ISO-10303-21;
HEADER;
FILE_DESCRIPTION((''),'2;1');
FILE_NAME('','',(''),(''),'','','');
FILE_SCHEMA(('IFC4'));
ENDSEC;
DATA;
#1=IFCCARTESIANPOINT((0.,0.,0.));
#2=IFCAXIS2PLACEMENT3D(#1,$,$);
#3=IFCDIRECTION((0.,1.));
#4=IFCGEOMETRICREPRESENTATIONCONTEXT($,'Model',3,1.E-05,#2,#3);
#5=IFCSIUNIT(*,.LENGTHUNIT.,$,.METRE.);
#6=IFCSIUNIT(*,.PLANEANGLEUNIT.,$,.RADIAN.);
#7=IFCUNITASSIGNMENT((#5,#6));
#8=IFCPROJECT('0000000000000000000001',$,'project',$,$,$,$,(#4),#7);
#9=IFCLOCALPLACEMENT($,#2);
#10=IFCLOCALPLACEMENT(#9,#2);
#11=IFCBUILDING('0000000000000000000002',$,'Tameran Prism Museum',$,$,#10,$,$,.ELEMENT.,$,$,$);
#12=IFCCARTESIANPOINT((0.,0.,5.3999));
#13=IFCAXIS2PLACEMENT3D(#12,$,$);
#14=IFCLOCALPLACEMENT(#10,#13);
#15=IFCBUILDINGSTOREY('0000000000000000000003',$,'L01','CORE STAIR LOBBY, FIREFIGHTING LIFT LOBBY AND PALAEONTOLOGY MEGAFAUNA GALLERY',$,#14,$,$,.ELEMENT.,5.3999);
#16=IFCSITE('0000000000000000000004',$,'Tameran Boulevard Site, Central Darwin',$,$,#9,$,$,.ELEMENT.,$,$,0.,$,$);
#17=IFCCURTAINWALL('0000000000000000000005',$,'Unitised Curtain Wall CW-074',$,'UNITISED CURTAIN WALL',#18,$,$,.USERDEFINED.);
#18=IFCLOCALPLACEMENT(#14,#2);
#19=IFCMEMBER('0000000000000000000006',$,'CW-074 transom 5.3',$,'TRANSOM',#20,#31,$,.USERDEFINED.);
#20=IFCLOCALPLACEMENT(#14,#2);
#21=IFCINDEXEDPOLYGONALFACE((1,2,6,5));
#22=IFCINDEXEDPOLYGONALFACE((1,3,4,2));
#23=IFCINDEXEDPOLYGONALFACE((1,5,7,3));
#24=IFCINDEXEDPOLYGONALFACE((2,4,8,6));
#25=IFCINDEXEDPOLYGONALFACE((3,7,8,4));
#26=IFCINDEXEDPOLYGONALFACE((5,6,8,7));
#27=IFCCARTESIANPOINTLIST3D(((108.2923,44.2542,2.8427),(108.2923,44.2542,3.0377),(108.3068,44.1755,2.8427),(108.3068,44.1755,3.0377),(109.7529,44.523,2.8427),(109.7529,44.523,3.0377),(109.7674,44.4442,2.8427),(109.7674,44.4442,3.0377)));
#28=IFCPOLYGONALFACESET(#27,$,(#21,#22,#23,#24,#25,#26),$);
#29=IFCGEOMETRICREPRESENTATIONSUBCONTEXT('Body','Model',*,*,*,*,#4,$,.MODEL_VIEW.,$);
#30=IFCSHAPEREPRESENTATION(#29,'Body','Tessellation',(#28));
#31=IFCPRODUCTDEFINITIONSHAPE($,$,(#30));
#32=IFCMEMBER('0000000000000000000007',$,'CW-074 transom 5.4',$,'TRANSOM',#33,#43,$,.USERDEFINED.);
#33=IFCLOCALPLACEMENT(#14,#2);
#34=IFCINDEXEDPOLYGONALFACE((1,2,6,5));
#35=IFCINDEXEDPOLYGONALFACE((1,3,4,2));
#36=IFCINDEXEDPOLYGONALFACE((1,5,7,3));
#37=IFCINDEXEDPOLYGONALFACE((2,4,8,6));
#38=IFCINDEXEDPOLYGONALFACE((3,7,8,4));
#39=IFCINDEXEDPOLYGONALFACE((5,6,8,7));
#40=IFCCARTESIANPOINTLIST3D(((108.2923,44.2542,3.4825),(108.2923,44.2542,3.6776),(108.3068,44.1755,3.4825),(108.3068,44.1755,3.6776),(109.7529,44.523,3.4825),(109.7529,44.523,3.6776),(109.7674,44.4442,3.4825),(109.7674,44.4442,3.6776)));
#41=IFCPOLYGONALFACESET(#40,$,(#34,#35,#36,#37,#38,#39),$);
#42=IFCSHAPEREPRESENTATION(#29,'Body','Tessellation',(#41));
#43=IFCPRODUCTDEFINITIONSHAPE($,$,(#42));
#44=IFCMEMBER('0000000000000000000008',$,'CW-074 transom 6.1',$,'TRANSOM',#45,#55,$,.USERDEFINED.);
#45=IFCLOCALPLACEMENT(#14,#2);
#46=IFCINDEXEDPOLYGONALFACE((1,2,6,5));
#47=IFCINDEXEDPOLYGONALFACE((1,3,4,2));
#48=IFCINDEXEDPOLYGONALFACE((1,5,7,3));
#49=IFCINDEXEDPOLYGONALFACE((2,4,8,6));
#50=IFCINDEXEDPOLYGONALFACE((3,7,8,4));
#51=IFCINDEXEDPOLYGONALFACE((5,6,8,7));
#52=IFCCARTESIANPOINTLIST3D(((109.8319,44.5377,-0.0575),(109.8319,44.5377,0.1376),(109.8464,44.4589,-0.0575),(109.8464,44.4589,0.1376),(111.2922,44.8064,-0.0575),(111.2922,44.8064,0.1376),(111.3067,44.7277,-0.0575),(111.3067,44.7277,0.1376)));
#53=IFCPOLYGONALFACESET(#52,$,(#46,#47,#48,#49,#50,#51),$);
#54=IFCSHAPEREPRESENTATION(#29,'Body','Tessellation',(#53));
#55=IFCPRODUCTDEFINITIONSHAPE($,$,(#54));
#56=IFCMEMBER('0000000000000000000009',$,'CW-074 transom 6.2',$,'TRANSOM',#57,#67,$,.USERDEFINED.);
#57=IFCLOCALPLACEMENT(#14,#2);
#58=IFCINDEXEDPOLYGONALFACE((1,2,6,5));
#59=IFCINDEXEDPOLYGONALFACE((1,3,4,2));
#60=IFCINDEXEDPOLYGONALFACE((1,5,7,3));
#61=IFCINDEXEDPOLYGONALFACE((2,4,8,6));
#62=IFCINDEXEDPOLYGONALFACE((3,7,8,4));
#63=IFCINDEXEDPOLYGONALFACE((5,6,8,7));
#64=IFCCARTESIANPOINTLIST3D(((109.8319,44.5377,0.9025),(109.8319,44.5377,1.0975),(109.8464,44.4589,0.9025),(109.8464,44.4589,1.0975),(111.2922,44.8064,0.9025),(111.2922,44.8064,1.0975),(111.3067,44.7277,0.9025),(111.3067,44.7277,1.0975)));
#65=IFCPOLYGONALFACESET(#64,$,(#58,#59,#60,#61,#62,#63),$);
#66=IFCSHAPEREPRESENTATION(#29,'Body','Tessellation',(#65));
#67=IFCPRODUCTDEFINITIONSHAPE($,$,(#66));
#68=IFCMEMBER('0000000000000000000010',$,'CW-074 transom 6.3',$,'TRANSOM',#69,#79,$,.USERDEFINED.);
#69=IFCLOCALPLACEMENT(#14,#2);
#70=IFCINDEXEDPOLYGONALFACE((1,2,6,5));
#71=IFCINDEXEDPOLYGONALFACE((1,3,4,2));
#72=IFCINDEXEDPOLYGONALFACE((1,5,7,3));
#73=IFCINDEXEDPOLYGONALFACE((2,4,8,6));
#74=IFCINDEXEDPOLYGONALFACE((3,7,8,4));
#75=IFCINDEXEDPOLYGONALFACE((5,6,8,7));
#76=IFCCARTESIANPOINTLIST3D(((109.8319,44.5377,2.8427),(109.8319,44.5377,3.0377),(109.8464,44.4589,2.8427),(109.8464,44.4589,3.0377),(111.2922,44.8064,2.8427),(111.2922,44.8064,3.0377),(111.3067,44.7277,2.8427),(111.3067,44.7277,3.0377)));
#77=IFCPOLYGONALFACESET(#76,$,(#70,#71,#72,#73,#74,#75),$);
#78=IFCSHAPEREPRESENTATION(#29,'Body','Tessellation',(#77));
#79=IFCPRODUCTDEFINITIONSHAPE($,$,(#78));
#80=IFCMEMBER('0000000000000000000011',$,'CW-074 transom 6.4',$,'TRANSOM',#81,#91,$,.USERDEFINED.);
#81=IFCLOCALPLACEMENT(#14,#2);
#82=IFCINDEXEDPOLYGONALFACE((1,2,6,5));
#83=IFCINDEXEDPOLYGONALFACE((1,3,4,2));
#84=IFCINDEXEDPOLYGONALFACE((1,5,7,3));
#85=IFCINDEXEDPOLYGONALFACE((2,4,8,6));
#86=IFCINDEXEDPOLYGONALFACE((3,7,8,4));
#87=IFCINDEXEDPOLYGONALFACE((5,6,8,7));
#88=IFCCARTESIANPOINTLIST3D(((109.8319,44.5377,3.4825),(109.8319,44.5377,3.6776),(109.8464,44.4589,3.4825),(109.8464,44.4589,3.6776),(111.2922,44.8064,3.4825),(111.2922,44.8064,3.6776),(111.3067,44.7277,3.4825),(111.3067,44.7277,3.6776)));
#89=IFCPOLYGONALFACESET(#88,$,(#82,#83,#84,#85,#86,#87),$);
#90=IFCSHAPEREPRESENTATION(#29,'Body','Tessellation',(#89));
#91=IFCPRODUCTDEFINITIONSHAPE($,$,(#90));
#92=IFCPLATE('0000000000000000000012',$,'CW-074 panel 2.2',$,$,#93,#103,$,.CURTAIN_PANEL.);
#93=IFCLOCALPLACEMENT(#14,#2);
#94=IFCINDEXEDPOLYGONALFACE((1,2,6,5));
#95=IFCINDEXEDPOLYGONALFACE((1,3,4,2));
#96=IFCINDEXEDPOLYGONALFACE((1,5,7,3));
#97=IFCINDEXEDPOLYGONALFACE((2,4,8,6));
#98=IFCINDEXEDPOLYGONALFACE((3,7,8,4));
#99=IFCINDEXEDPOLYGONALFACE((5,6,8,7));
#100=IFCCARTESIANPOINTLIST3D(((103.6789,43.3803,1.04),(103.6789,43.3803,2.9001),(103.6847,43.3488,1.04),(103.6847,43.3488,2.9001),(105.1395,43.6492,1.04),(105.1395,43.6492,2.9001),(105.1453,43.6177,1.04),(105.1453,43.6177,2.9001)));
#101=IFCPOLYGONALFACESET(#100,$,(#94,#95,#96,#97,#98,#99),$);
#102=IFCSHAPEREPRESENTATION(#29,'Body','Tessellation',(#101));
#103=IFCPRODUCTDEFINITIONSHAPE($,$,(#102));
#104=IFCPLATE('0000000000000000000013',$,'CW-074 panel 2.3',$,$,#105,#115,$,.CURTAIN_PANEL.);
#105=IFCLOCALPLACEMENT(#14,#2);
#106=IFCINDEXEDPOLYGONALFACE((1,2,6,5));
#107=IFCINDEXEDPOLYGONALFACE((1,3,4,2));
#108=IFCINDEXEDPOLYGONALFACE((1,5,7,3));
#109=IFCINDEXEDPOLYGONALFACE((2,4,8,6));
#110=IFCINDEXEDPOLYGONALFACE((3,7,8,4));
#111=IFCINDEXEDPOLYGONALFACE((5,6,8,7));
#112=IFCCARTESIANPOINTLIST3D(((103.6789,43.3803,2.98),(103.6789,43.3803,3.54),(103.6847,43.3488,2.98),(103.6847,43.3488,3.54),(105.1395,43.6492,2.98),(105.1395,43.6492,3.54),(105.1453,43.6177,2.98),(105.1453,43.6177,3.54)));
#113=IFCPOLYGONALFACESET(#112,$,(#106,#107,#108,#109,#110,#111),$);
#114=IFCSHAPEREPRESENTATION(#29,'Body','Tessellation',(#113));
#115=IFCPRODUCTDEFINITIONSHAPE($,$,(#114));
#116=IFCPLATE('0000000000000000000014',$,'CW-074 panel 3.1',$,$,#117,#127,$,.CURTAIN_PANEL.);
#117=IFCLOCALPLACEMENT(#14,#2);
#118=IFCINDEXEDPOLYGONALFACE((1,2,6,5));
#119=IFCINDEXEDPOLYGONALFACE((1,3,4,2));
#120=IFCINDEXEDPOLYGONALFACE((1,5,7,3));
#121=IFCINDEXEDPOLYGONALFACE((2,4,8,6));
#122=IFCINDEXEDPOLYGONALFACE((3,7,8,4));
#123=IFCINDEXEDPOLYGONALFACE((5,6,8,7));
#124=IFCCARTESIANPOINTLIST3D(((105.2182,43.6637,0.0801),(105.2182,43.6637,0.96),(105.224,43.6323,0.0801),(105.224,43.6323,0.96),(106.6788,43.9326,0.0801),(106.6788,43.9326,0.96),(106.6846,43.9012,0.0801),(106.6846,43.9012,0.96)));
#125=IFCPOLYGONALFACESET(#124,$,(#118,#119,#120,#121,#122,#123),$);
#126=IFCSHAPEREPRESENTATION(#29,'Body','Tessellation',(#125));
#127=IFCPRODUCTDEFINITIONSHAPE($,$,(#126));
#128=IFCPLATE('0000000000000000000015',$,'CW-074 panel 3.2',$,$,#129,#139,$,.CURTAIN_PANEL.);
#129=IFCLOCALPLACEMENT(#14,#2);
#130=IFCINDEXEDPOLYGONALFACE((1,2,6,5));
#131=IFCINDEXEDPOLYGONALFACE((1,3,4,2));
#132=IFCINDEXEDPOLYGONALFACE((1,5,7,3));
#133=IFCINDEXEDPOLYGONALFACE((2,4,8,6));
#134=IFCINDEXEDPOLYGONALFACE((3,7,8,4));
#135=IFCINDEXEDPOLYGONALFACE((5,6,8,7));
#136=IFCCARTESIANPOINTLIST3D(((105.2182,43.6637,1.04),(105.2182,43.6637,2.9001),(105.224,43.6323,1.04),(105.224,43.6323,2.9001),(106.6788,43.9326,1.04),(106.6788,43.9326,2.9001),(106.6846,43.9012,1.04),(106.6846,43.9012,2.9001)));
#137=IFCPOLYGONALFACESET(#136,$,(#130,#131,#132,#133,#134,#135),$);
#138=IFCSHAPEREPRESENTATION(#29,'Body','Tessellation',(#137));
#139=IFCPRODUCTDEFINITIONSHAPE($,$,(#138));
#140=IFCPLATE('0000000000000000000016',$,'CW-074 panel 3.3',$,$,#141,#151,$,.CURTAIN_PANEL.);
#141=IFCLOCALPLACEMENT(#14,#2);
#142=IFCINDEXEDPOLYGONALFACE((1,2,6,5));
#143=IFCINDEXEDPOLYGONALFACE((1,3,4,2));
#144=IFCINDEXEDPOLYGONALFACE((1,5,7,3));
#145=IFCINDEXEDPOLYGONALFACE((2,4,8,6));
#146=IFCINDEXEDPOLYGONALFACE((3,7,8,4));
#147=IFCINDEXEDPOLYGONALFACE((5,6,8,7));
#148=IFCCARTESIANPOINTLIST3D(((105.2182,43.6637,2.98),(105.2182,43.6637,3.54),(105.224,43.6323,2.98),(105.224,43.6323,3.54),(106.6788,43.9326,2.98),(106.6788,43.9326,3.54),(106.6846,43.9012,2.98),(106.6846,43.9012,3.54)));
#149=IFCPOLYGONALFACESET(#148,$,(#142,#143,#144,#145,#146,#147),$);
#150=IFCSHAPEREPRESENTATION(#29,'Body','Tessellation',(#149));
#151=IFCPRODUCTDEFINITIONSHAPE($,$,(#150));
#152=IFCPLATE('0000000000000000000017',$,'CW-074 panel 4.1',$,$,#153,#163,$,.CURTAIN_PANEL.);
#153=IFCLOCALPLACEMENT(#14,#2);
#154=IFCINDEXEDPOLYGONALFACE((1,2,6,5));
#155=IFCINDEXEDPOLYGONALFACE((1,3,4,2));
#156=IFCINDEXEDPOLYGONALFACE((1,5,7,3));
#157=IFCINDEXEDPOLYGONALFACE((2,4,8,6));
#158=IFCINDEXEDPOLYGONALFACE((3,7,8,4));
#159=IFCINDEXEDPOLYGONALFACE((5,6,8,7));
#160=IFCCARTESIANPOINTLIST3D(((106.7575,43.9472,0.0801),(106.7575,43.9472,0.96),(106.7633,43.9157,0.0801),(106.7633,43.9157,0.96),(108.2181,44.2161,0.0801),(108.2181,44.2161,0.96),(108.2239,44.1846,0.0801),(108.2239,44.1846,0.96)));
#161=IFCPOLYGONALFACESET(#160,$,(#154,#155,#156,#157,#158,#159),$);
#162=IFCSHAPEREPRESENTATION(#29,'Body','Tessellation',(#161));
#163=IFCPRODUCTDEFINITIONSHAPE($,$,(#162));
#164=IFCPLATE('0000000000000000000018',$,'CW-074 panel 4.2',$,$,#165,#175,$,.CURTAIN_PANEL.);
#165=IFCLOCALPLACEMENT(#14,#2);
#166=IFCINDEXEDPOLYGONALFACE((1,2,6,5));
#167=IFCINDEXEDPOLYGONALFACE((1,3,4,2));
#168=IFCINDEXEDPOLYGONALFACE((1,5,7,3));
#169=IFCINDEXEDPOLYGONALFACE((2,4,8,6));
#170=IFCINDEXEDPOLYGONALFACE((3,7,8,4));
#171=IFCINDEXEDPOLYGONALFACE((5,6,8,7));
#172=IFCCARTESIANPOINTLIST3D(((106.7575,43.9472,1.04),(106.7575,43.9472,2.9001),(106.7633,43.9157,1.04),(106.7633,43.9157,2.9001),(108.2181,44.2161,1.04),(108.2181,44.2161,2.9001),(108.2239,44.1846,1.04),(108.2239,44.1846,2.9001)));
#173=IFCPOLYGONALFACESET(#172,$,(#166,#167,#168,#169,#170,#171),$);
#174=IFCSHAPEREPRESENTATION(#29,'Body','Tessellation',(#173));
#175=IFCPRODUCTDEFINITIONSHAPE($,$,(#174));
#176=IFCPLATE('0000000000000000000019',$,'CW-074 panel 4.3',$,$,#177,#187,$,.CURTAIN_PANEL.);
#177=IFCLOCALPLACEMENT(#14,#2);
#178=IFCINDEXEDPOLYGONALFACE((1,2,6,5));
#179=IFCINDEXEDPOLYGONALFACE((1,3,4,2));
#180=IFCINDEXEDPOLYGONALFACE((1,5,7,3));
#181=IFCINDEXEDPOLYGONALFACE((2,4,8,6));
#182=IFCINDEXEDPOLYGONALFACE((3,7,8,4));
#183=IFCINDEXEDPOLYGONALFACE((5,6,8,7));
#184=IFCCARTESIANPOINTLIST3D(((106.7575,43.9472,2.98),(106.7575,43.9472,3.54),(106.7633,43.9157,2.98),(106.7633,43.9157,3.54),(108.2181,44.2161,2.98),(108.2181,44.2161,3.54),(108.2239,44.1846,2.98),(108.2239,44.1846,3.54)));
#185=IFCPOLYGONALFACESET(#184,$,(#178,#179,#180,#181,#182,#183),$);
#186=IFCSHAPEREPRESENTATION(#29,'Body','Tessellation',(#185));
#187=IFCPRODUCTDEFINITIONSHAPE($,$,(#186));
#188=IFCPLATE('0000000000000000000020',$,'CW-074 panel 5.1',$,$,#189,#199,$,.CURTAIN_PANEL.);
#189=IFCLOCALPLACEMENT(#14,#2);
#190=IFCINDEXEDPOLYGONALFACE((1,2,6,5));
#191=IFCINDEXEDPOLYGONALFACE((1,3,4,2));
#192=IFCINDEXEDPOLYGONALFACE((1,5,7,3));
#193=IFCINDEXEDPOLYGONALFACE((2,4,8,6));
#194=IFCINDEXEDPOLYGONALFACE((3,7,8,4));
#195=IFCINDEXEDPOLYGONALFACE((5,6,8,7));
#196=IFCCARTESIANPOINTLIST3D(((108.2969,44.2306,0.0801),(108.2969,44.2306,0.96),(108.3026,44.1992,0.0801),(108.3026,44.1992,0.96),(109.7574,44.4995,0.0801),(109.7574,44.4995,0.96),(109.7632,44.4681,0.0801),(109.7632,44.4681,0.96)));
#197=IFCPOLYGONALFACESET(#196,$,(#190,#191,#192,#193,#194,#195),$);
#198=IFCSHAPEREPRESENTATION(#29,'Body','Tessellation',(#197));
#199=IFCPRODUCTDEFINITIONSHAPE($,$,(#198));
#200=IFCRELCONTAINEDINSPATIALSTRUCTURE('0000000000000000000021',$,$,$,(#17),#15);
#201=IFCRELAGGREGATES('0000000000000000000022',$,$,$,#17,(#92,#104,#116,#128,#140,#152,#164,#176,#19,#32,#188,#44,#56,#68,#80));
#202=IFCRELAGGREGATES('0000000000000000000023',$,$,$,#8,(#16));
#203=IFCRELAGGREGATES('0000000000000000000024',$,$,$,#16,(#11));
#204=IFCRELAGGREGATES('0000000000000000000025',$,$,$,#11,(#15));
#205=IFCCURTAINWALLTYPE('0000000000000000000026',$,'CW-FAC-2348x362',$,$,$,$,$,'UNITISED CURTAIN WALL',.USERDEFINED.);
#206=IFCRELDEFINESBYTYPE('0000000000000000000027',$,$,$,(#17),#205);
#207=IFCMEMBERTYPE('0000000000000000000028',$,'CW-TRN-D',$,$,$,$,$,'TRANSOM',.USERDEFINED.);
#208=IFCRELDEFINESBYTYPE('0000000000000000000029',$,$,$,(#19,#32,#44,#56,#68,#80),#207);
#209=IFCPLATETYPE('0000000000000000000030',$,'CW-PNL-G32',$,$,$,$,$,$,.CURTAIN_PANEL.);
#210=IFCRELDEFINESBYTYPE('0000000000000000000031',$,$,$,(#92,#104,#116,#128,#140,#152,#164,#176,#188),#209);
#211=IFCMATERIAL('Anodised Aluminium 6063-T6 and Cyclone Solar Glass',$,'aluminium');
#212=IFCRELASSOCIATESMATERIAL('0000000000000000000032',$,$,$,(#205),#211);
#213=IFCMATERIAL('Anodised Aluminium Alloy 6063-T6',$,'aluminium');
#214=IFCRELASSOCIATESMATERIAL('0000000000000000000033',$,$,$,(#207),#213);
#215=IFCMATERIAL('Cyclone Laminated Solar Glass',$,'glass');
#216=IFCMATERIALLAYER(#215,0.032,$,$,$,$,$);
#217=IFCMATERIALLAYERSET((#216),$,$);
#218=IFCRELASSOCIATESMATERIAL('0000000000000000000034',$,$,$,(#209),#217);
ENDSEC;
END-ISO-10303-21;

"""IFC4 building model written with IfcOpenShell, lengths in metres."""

from ifc_helpers import new_model, si_unit, direction, frame, origin, origin_2d, place, context, subcontext, project, spatial, rectangle, extrude, material, layer, layer_set, material_profile, profile_set, type_object, element, aggregate, save


model = new_model("IFC4")

# Units and contexts
model_context = context("Model", 3, precision=1e-05, world=origin(), true_north=direction((0.0, 1.0)))
body_context = subcontext(model_context, "Body", "Model", "MODEL_VIEW")
ifc_project = project(units=[si_unit("LENGTHUNIT", "METRE"), si_unit("PLANEANGLEUNIT", "RADIAN")], contexts=[model_context])

# Site, building, storey
site_placement = place(None, origin())
site = spatial("IfcSite", under=ifc_project, at=site_placement, Name="Tameran Boulevard Site, Central Darwin", CompositionType="ELEMENT", RefElevation=0.0)
building_placement = place(site_placement, origin())
building = spatial("IfcBuilding", under=site, at=building_placement, Name="Tameran Prism Museum", CompositionType="ELEMENT")
storey_placement = place(building_placement, frame((0.0, 0.0, 5.3999)))
storey = spatial("IfcBuildingStorey", under=building, at=storey_placement, Name="L01", Description="CORE STAIR LOBBY, FIREFIGHTING LIFT LOBBY AND PALAEONTOLOGY MEGAFAUNA GALLERY", CompositionType="ELEMENT", Elevation=5.3999)

# Curtain wall, members, plates
ifc_material_1 = material(Name="Anodised Aluminium 6063-T6 and Cyclone Solar Glass", Category="aluminium")
curtain_wall_type = type_object("IfcCurtainWallType", Name="CW-FAC-2348x362", ElementType="UNITISED CURTAIN WALL", PredefinedType="USERDEFINED", material=ifc_material_1)
curtain_wall_placement = place(storey_placement, origin())
curtain_wall = element("IfcCurtainWall", 1, at=curtain_wall_placement, inside=storey, type_object=curtain_wall_type, Name="Unitised Curtain Wall CW-074", ObjectType="UNITISED CURTAIN WALL", PredefinedType="USERDEFINED")
ifc_material_2 = material(Name="Anodised Aluminium Alloy 6063-T6", Category="aluminium")
ifc_material_profile_1 = material_profile(ifc_material_2, rectangle(XDim=0.0801, YDim=0.1951, at=origin_2d()))
ifc_profile_set_1 = profile_set([ifc_material_profile_1])
member_type_1 = type_object("IfcMemberType", Name="CW-TRN-D", ElementType="TRANSOM", PredefinedType="USERDEFINED", material=ifc_profile_set_1)
member_1_placement = place(storey_placement, frame((108.2996, 44.2148, 2.9402), z_axis=(0.983486, 0.180983, 0.0), x_axis=(-0.180983, 0.983486, 0.0)))
member_1 = element("IfcMember", 2, at=member_1_placement, type_object=member_type_1, Name="CW-074 transom 5.3", ObjectType="TRANSOM", PredefinedType="USERDEFINED", context=body_context, shape_type="SweptSolid", body=[
    extrude(rectangle(XDim=0.0801, YDim=0.1951, at=origin_2d()), origin(), (0.0, 0.0, 1.0), 1.4851),
])
member_2_placement = place(storey_placement, frame((108.2996, 44.2148, 3.5801), z_axis=(0.983486, 0.180983, 0.0), x_axis=(-0.180983, 0.983486, 0.0)))
member_2 = element("IfcMember", 3, at=member_2_placement, type_object=member_type_1, Name="CW-074 transom 5.4", ObjectType="TRANSOM", PredefinedType="USERDEFINED", context=body_context, shape_type="SweptSolid", body=[
    extrude(rectangle(XDim=0.0801, YDim=0.1951, at=origin_2d()), origin(), (0.0, 0.0, 1.0), 1.4851),
])
member_3_placement = place(storey_placement, frame((109.8391, 44.4983, 0.04), z_axis=(0.983481, 0.181012, 0.0), x_axis=(-0.181012, 0.983481, 0.0)))
member_3 = element("IfcMember", 4, at=member_3_placement, type_object=member_type_1, Name="CW-074 transom 6.1", ObjectType="TRANSOM", PredefinedType="USERDEFINED", context=body_context, shape_type="SweptSolid", body=[
    extrude(rectangle(XDim=0.0801, YDim=0.1951, at=origin_2d()), origin(), (0.0, 0.0, 1.0), 1.4849),
])
member_4_placement = place(storey_placement, frame((109.8391, 44.4983, 1.0), z_axis=(0.983481, 0.181012, 0.0), x_axis=(-0.181012, 0.983481, 0.0)))
member_4 = element("IfcMember", 5, at=member_4_placement, type_object=member_type_1, Name="CW-074 transom 6.2", ObjectType="TRANSOM", PredefinedType="USERDEFINED", context=body_context, shape_type="SweptSolid", body=[
    extrude(rectangle(XDim=0.0801, YDim=0.1951, at=origin_2d()), origin(), (0.0, 0.0, 1.0), 1.4849),
])
member_5_placement = place(storey_placement, frame((109.8391, 44.4983, 2.9402), z_axis=(0.983481, 0.181012, 0.0), x_axis=(-0.181012, 0.983481, 0.0)))
member_5 = element("IfcMember", 6, at=member_5_placement, type_object=member_type_1, Name="CW-074 transom 6.3", ObjectType="TRANSOM", PredefinedType="USERDEFINED", context=body_context, shape_type="SweptSolid", body=[
    extrude(rectangle(XDim=0.0801, YDim=0.1951, at=origin_2d()), origin(), (0.0, 0.0, 1.0), 1.4849),
])
member_6_placement = place(storey_placement, frame((109.8391, 44.4983, 3.5801), z_axis=(0.983481, 0.181012, 0.0), x_axis=(-0.181012, 0.983481, 0.0)))
member_6 = element("IfcMember", 7, at=member_6_placement, type_object=member_type_1, Name="CW-074 transom 6.4", ObjectType="TRANSOM", PredefinedType="USERDEFINED", context=body_context, shape_type="SweptSolid", body=[
    extrude(rectangle(XDim=0.0801, YDim=0.1951, at=origin_2d()), origin(), (0.0, 0.0, 1.0), 1.4849),
])
ifc_material_3 = material(Name="Cyclone Laminated Solar Glass", Category="glass")
ifc_layer = layer(ifc_material_3, 0.032)
ifc_layer_set = layer_set([ifc_layer])
plate_type = type_object("IfcPlateType", Name="CW-PNL-G32", PredefinedType="CURTAIN_PANEL", material=ifc_layer_set)
plate_1_placement = place(storey_placement, frame((104.4121, 43.499, 1.04), z_axis=(0.0, 0.0, 1.0), x_axis=(0.983472, 0.181063, 0.0)))
plate_1 = element("IfcPlate", 8, at=plate_1_placement, type_object=plate_type, Name="CW-074 panel 2.2", PredefinedType="CURTAIN_PANEL", context=body_context, shape_type="SweptSolid", body=[
    extrude(rectangle(XDim=1.4851, YDim=0.032, at=origin_2d()), origin(), (0.0, 0.0, 1.0), 1.8601),
])
plate_2_placement = place(storey_placement, frame((104.4121, 43.499, 2.98), z_axis=(0.0, 0.0, 1.0), x_axis=(0.983472, 0.181063, 0.0)))
plate_2 = element("IfcPlate", 9, at=plate_2_placement, type_object=plate_type, Name="CW-074 panel 2.3", PredefinedType="CURTAIN_PANEL", context=body_context, shape_type="SweptSolid", body=[
    extrude(rectangle(XDim=1.4851, YDim=0.032, at=origin_2d()), origin(), (0.0, 0.0, 1.0), 0.5601),
])
plate_3_placement = place(storey_placement, frame((105.9514, 43.7825, 0.0801), z_axis=(0.0, 0.0, 1.0), x_axis=(0.983472, 0.181063, 0.0)))
plate_3 = element("IfcPlate", 10, at=plate_3_placement, type_object=plate_type, Name="CW-074 panel 3.1", PredefinedType="CURTAIN_PANEL", context=body_context, shape_type="SweptSolid", body=[
    extrude(rectangle(XDim=1.4851, YDim=0.032, at=origin_2d()), origin(), (0.0, 0.0, 1.0), 0.8799),
])
plate_4_placement = place(storey_placement, frame((105.9514, 43.7825, 1.04), z_axis=(0.0, 0.0, 1.0), x_axis=(0.983472, 0.181063, 0.0)))
plate_4 = element("IfcPlate", 11, at=plate_4_placement, type_object=plate_type, Name="CW-074 panel 3.2", PredefinedType="CURTAIN_PANEL", context=body_context, shape_type="SweptSolid", body=[
    extrude(rectangle(XDim=1.4851, YDim=0.032, at=origin_2d()), origin(), (0.0, 0.0, 1.0), 1.8601),
])
plate_5_placement = place(storey_placement, frame((105.9514, 43.7825, 2.98), z_axis=(0.0, 0.0, 1.0), x_axis=(0.983472, 0.181063, 0.0)))
plate_5 = element("IfcPlate", 12, at=plate_5_placement, type_object=plate_type, Name="CW-074 panel 3.3", PredefinedType="CURTAIN_PANEL", context=body_context, shape_type="SweptSolid", body=[
    extrude(rectangle(XDim=1.4851, YDim=0.032, at=origin_2d()), origin(), (0.0, 0.0, 1.0), 0.5601),
])
plate_6_placement = place(storey_placement, frame((107.4907, 44.0659, 0.0801), z_axis=(0.0, 0.0, 1.0), x_axis=(0.983472, 0.181063, 0.0)))
plate_6 = element("IfcPlate", 13, at=plate_6_placement, type_object=plate_type, Name="CW-074 panel 4.1", PredefinedType="CURTAIN_PANEL", context=body_context, shape_type="SweptSolid", body=[
    extrude(rectangle(XDim=1.4851, YDim=0.032, at=origin_2d()), origin(), (0.0, 0.0, 1.0), 0.8799),
])
plate_7_placement = place(storey_placement, frame((107.4907, 44.0659, 1.04), z_axis=(0.0, 0.0, 1.0), x_axis=(0.983472, 0.181063, 0.0)))
plate_7 = element("IfcPlate", 14, at=plate_7_placement, type_object=plate_type, Name="CW-074 panel 4.2", PredefinedType="CURTAIN_PANEL", context=body_context, shape_type="SweptSolid", body=[
    extrude(rectangle(XDim=1.4851, YDim=0.032, at=origin_2d()), origin(), (0.0, 0.0, 1.0), 1.8601),
])
plate_8_placement = place(storey_placement, frame((107.4907, 44.0659, 2.98), z_axis=(0.0, 0.0, 1.0), x_axis=(0.983472, 0.181063, 0.0)))
plate_8 = element("IfcPlate", 15, at=plate_8_placement, type_object=plate_type, Name="CW-074 panel 4.3", PredefinedType="CURTAIN_PANEL", context=body_context, shape_type="SweptSolid", body=[
    extrude(rectangle(XDim=1.4851, YDim=0.032, at=origin_2d()), origin(), (0.0, 0.0, 1.0), 0.5601),
])
plate_9_placement = place(storey_placement, frame((109.03, 44.3494, 0.0801), z_axis=(0.0, 0.0, 1.0), x_axis=(0.983472, 0.181063, 0.0)))
plate_9 = element("IfcPlate", 16, at=plate_9_placement, type_object=plate_type, Name="CW-074 panel 5.1", PredefinedType="CURTAIN_PANEL", context=body_context, shape_type="SweptSolid", body=[
    extrude(rectangle(XDim=1.4851, YDim=0.032, at=origin_2d()), origin(), (0.0, 0.0, 1.0), 0.8799),
])
aggregate(curtain_wall, [plate_1, plate_2, plate_3, plate_4, plate_5, plate_6, plate_7, plate_8, member_1, member_2, plate_9, member_3, member_4, member_5, member_6])

save(model, "model.ifc")
